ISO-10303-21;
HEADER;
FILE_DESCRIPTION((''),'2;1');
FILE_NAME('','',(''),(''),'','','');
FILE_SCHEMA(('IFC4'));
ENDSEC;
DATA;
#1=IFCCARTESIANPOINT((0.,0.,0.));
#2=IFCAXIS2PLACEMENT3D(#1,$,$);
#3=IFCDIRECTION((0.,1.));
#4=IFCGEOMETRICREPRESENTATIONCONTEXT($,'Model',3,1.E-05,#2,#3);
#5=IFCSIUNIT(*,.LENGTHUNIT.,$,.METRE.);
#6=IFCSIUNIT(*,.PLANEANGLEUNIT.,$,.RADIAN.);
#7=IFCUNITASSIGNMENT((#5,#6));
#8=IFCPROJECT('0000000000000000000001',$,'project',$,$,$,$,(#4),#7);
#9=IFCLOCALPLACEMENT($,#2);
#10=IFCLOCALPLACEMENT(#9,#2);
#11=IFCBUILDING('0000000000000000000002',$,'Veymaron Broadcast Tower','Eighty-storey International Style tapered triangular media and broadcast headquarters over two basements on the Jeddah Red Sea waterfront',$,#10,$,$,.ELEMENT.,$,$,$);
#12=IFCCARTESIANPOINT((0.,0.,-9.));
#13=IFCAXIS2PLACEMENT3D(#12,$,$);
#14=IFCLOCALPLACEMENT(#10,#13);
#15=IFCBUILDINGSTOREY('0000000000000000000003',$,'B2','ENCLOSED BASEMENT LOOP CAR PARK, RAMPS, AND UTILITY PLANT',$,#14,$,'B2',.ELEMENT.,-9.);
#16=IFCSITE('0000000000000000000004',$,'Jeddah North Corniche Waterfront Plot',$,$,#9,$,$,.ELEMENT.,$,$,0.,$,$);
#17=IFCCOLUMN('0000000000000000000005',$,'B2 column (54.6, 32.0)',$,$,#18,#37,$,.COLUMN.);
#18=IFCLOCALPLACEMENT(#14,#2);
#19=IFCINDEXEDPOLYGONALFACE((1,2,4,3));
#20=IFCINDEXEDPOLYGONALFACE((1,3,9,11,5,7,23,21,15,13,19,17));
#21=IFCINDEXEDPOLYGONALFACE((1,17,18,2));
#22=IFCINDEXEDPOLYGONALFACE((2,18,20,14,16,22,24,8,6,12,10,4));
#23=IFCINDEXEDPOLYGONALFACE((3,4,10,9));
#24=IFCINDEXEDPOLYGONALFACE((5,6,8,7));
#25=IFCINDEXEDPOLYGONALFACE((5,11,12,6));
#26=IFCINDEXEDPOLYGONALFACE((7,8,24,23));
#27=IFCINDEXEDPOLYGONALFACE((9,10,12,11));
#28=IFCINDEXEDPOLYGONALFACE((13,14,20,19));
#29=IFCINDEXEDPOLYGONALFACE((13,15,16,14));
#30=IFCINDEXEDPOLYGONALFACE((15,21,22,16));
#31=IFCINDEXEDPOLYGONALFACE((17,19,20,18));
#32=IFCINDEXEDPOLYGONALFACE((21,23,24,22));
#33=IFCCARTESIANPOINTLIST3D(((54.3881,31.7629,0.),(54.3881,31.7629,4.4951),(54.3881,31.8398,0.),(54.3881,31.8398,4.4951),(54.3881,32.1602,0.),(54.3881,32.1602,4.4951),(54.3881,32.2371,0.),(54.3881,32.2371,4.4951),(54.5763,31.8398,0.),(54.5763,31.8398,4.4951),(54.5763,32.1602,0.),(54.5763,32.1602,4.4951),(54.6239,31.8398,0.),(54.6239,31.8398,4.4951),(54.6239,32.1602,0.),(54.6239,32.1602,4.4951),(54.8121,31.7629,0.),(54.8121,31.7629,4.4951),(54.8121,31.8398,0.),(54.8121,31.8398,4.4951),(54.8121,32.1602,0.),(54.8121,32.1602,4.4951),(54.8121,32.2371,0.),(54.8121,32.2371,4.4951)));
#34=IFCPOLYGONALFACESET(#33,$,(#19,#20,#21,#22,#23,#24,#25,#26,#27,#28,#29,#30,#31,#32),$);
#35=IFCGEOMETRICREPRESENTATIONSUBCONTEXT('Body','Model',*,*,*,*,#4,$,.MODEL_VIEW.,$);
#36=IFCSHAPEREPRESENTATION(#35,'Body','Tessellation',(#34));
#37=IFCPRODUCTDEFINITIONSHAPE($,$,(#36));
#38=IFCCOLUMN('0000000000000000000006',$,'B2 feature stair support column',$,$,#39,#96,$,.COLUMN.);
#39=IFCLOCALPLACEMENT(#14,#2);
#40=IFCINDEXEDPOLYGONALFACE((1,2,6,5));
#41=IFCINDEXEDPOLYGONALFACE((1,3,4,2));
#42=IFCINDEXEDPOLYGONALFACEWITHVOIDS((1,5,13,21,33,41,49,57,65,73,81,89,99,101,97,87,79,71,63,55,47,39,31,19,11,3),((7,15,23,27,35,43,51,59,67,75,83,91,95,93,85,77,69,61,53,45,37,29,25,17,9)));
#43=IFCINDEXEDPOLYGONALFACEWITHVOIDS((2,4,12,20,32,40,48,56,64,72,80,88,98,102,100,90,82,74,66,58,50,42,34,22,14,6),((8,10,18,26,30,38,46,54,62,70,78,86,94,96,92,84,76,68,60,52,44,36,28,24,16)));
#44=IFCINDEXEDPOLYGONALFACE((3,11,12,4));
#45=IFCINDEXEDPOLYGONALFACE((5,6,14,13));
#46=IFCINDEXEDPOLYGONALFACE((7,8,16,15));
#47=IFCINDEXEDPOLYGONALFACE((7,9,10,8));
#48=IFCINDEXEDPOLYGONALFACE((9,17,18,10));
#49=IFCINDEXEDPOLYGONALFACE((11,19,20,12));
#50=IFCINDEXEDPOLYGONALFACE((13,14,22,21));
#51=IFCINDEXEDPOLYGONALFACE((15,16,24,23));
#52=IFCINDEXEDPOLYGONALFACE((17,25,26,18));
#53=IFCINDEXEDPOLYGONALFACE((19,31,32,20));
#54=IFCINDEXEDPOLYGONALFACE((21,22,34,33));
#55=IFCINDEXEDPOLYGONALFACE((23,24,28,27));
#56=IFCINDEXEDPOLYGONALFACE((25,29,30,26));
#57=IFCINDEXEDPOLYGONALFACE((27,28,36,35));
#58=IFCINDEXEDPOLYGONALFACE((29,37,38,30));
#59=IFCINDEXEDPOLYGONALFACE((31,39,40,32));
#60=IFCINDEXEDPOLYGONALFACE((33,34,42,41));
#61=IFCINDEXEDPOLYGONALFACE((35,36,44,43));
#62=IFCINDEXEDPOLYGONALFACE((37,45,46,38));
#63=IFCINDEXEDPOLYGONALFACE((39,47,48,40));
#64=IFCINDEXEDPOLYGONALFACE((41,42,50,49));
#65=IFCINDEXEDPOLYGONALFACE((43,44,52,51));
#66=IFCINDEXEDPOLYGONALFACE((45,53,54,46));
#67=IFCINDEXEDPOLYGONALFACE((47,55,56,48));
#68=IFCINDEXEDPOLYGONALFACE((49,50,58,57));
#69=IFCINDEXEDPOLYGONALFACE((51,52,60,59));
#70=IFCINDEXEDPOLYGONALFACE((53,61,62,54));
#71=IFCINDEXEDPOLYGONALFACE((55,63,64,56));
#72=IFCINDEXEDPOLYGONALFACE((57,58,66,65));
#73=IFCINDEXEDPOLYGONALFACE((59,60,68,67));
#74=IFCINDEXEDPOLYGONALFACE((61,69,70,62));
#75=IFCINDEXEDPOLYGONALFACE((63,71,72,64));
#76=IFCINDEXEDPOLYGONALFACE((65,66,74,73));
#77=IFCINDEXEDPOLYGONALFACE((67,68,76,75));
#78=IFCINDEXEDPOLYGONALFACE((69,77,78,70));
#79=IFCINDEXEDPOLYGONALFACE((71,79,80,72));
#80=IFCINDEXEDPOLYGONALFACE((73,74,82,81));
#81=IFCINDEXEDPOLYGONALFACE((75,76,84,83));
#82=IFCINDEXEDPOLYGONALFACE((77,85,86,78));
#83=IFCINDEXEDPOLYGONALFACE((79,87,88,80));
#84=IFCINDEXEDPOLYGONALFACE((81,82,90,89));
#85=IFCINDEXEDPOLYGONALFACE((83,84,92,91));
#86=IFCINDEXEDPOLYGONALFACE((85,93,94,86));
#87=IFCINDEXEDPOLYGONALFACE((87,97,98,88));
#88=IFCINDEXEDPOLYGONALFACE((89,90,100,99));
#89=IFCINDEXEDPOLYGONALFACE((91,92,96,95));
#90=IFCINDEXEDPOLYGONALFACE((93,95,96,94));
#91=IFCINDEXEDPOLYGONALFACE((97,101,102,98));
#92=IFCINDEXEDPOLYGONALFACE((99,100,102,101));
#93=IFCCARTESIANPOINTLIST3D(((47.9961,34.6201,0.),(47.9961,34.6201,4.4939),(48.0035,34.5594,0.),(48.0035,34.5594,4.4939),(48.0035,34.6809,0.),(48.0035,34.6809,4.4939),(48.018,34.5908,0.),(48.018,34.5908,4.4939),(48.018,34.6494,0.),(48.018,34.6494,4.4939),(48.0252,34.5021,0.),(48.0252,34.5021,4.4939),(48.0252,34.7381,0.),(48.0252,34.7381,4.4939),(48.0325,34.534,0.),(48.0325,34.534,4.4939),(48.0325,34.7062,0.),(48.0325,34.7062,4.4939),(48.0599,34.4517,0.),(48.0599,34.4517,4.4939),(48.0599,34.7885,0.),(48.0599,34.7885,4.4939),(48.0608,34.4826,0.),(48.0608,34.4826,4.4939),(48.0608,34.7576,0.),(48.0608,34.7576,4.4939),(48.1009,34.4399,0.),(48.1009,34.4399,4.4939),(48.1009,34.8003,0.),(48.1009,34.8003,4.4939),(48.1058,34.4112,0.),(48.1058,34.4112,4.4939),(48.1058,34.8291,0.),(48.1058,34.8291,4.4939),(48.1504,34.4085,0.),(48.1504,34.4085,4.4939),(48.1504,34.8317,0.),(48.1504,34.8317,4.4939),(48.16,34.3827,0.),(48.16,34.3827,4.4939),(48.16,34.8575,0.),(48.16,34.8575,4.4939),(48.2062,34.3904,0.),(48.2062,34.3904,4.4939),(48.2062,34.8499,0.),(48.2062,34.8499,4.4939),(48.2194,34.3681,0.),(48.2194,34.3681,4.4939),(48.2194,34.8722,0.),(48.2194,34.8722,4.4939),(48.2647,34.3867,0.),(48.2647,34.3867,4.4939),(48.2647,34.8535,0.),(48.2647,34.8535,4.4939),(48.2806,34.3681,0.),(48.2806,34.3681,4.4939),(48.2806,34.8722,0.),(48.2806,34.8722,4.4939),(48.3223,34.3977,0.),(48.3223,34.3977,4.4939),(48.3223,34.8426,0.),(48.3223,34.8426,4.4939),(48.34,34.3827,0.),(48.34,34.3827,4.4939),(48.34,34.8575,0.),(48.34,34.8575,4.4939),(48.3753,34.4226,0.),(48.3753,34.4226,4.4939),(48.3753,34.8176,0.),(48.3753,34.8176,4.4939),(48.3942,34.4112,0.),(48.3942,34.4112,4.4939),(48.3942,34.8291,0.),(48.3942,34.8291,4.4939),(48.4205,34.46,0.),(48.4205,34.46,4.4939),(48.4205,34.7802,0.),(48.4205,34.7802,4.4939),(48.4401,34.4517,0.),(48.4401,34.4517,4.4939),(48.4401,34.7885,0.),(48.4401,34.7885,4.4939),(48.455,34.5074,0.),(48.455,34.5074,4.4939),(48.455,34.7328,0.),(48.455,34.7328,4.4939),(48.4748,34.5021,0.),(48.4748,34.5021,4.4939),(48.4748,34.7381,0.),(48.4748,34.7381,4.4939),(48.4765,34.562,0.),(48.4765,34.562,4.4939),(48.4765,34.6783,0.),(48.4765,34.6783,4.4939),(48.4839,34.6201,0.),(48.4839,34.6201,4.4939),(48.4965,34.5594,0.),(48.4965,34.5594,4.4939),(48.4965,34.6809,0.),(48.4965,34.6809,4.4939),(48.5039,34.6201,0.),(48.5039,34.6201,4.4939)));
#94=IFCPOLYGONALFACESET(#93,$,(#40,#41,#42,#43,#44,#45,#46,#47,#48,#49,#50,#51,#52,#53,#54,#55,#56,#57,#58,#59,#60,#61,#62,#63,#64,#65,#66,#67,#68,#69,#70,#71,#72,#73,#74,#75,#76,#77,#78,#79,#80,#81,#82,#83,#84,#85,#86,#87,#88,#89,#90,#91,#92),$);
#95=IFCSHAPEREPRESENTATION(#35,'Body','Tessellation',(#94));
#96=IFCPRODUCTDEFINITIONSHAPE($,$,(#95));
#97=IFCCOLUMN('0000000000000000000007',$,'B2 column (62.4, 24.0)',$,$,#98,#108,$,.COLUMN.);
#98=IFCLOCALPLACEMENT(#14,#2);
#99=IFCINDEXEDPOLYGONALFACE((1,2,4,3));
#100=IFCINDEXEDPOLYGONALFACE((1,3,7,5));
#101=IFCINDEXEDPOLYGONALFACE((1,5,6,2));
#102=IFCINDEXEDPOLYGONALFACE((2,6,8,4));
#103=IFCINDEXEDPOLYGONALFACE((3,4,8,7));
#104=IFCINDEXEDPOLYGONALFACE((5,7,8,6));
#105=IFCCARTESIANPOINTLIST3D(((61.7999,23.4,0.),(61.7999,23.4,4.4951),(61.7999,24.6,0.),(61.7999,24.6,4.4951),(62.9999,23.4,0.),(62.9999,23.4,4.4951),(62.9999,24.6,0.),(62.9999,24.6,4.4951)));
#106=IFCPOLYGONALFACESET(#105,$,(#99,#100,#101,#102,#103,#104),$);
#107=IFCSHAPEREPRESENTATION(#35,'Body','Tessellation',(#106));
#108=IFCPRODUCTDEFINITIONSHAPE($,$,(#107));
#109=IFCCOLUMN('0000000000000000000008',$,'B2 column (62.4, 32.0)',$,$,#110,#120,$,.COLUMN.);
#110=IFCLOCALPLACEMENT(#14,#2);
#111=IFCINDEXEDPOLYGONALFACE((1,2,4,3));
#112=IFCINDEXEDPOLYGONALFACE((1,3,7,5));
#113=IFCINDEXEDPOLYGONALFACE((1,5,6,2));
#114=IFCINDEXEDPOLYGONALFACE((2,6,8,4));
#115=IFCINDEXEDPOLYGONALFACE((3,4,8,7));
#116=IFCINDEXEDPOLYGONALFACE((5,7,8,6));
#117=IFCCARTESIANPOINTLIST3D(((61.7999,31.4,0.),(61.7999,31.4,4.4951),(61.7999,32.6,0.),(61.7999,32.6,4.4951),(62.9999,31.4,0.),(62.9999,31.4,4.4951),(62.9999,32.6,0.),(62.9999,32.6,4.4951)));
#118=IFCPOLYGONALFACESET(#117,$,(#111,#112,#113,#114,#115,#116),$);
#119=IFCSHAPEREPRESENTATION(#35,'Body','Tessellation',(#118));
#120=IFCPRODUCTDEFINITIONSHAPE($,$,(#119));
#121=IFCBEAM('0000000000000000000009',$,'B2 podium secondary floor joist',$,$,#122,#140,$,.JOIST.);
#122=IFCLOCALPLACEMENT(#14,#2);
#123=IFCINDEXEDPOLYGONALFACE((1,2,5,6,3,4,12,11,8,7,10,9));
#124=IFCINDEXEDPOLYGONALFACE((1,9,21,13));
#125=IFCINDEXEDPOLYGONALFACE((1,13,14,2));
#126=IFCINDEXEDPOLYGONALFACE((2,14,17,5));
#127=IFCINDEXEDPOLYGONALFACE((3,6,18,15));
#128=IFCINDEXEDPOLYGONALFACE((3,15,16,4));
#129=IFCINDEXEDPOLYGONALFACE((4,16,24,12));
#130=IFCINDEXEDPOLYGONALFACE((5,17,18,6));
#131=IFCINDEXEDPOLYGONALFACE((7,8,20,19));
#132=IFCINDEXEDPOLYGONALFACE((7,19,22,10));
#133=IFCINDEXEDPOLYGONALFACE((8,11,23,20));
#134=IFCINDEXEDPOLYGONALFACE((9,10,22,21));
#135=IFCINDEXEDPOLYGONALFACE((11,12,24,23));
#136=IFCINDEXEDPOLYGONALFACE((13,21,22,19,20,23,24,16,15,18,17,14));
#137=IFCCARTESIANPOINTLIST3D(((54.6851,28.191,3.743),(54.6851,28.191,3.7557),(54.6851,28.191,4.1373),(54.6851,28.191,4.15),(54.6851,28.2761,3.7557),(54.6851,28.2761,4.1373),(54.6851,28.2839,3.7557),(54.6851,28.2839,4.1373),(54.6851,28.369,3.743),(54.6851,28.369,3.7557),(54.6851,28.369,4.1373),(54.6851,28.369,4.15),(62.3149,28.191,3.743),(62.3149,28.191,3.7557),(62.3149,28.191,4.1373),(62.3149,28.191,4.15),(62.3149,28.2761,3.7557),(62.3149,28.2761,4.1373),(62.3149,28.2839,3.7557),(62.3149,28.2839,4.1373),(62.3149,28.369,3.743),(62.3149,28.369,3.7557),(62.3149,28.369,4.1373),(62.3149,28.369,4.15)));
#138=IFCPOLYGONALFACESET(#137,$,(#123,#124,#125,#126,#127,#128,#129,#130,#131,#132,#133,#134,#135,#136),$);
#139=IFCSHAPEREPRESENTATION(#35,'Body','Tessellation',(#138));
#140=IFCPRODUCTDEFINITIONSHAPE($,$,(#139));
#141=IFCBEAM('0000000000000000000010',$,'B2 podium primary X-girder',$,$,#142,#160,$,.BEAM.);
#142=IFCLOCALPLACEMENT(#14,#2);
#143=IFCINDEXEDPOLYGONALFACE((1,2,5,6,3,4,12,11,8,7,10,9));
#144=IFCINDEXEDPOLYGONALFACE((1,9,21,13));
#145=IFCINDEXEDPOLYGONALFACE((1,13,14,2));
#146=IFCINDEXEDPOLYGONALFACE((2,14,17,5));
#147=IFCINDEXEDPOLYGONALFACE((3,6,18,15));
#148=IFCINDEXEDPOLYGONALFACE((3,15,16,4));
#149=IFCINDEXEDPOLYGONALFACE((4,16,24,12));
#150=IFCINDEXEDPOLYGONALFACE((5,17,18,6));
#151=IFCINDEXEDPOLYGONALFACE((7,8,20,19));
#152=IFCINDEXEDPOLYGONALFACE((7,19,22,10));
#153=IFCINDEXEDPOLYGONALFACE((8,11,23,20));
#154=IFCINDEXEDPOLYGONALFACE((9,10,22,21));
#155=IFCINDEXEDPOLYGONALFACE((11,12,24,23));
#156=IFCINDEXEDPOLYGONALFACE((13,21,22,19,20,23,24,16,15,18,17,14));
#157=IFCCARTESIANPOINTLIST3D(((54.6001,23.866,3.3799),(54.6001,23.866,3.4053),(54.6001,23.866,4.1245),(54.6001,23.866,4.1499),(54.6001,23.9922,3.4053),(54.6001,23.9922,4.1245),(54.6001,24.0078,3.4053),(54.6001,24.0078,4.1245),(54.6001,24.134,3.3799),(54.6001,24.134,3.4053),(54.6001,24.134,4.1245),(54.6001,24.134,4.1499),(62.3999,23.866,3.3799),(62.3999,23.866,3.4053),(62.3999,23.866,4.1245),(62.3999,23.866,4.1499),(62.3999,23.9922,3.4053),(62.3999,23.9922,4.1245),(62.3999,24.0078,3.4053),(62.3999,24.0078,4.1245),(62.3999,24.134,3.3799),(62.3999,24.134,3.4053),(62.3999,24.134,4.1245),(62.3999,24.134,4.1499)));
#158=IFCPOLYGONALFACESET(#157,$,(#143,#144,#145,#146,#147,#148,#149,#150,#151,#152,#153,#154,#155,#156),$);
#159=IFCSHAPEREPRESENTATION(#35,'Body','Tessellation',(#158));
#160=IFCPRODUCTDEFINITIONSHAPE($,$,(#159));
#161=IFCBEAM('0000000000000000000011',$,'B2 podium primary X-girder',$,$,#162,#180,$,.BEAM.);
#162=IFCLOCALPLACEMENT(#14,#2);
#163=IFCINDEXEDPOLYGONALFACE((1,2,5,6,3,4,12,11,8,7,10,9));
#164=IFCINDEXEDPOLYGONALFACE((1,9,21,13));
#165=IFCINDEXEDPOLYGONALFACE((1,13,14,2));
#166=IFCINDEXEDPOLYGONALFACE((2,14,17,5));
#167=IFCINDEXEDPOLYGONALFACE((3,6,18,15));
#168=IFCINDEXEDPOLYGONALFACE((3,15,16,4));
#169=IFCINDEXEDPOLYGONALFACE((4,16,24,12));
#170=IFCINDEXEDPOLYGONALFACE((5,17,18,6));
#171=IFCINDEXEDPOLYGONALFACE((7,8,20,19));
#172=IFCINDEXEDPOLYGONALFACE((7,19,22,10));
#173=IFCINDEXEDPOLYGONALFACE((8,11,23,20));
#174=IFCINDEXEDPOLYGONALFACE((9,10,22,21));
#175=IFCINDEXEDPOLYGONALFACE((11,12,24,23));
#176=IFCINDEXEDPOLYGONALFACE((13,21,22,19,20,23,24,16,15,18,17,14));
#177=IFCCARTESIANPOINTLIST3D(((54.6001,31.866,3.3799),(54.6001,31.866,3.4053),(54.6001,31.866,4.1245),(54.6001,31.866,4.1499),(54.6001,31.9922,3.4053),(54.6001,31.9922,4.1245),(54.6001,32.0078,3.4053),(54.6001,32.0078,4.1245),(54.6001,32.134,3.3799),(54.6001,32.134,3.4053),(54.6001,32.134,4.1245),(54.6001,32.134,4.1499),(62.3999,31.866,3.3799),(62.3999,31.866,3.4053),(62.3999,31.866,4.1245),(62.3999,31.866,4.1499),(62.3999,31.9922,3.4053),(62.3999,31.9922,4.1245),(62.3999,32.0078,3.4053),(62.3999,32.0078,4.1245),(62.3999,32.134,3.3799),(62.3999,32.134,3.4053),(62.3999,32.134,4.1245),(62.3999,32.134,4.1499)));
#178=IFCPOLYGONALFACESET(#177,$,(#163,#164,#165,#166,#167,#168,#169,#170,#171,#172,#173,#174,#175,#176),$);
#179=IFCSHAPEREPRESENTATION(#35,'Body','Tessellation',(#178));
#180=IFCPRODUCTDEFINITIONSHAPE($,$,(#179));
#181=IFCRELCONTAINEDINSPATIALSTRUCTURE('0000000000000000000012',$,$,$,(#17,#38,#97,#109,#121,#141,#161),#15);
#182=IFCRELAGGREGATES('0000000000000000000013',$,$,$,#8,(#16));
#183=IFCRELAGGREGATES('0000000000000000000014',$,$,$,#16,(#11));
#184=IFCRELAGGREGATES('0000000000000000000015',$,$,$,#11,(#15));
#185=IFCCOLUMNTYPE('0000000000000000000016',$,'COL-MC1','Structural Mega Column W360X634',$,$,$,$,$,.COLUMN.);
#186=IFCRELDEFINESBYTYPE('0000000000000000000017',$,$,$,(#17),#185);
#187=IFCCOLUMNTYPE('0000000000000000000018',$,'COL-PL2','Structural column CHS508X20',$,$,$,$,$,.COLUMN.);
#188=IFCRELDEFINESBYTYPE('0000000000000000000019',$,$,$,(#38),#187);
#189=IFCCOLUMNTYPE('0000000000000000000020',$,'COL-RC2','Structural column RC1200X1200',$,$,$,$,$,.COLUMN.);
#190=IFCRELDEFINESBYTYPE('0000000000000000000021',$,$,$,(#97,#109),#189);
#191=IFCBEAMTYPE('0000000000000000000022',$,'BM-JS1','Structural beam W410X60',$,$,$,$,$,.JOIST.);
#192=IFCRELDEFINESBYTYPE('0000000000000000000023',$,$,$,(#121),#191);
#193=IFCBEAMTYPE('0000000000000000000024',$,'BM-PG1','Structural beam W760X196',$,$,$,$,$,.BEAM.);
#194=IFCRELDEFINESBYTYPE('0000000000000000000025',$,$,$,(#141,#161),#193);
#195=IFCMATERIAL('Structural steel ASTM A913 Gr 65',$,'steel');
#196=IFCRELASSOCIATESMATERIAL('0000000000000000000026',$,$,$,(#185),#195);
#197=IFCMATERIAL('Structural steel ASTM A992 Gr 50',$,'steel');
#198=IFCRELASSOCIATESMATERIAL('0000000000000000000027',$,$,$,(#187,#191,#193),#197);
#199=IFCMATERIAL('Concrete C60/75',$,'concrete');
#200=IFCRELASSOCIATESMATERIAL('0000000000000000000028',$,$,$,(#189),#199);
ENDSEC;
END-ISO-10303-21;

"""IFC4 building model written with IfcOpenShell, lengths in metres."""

from ifc_helpers import new_model, si_unit, direction, frame, origin, origin_2d, place, context, subcontext, project, spatial, rectangle, hollow_circle, i_section, extrude, material, material_profile, profile_set, type_object, element, save


model = new_model("IFC4")

# Units and contexts
model_context = context("Model", 3, precision=1e-05, world=origin(), true_north=direction((0.0, 1.0)))
body_context = subcontext(model_context, "Body", "Model", "MODEL_VIEW")
ifc_project = project(units=[si_unit("LENGTHUNIT", "METRE"), si_unit("PLANEANGLEUNIT", "RADIAN")], contexts=[model_context])

# Site, building, storey
site_placement = place(None, origin())
site = spatial("IfcSite", under=ifc_project, at=site_placement, Name="Jeddah North Corniche Waterfront Plot", CompositionType="ELEMENT", RefElevation=0.0)
building_placement = place(site_placement, origin())
building = spatial("IfcBuilding", under=site, at=building_placement, Name="Veymaron Broadcast Tower", Description="Eighty-storey International Style tapered triangular media and broadcast headquarters over two basements on the Jeddah Red Sea waterfront", CompositionType="ELEMENT")
storey_placement = place(building_placement, frame((0.0, 0.0, -9.0)))
storey = spatial("IfcBuildingStorey", under=building, at=storey_placement, Name="B2", Description="ENCLOSED BASEMENT LOOP CAR PARK, RAMPS, AND UTILITY PLANT", LongName="B2", CompositionType="ELEMENT", Elevation=-9.0)

# Columns
ifc_material_1 = material(Name="Structural steel ASTM A913 Gr 65", Category="steel")
ifc_material_profile_1 = material_profile(ifc_material_1, i_section(OverallWidth=0.4241, OverallDepth=0.4741, WebThickness=0.0476, FlangeThickness=0.0769, at=origin_2d()), Name="W360X634")
ifc_profile_set_1 = profile_set([ifc_material_profile_1], Name="Structural steel ASTM A913 Gr 65")
column_type_1 = type_object("IfcColumnType", Name="COL-MC1", Description="Structural Mega Column W360X634", PredefinedType="COLUMN", material=ifc_profile_set_1)
for number, where, z_axis, x_axis, name in (
    (1, (54.6001, 32.0, 0.0), (0.0, 0.0, 1.0), (1.0, 0.0, 0.0), "B2 column (54.6, 32.0)"),
):
    element("IfcColumn", number, at=place(storey_placement, frame(where, z_axis=z_axis, x_axis=x_axis)), inside=storey, type_object=column_type_1, Name=name, PredefinedType="COLUMN", context=body_context, shape_type="SweptSolid", body=[
        extrude(i_section(OverallWidth=0.4241, OverallDepth=0.4741, WebThickness=0.0476, FlangeThickness=0.0769, at=origin_2d()), origin(), (0.0, 0.0, 1.0), 4.4951),
    ])
ifc_material_2 = material(Name="Structural steel ASTM A992 Gr 50", Category="steel")
ifc_material_profile_2 = material_profile(ifc_material_2, hollow_circle(Radius=0.2539, WallThickness=0.02, at=origin_2d()), Name="CHS508X20")
ifc_profile_set_2 = profile_set([ifc_material_profile_2], Name="Structural steel ASTM A992 Gr 50")
column_type_2 = type_object("IfcColumnType", Name="COL-PL2", Description="Structural column CHS508X20", PredefinedType="COLUMN", material=ifc_profile_set_2)
column_placement = place(storey_placement, frame((48.25, 34.6201, 0.0), z_axis=(0.0, 0.0, 1.0), x_axis=(1.0, 0.0, 0.0)))
element("IfcColumn", 2, at=column_placement, inside=storey, type_object=column_type_2, Name="B2 feature stair support column", PredefinedType="COLUMN", context=body_context, shape_type="SweptSolid", body=[
    extrude(hollow_circle(Radius=0.2539, WallThickness=0.02, at=origin_2d()), origin(), (0.0, 0.0, 1.0), 4.4939),
])
ifc_material_3 = material(Name="Concrete C60/75", Category="concrete")
ifc_material_profile_3 = material_profile(ifc_material_3, rectangle(XDim=1.2, YDim=1.2, at=origin_2d()), Name="RC1200X1200")
ifc_profile_set_3 = profile_set([ifc_material_profile_3], Name="Concrete C60/75")
column_type_3 = type_object("IfcColumnType", Name="COL-RC2", Description="Structural column RC1200X1200", PredefinedType="COLUMN", material=ifc_profile_set_3)
for number, where, z_axis, x_axis, name in (
    (3, (62.3999, 24.0, 0.0), (0.0, 0.0, 1.0), (1.0, 0.0, 0.0), "B2 column (62.4, 24.0)"),
    (4, (62.3999, 32.0, 0.0), (0.0, 0.0, 1.0), (1.0, 0.0, 0.0), "B2 column (62.4, 32.0)"),
):
    element("IfcColumn", number, at=place(storey_placement, frame(where, z_axis=z_axis, x_axis=x_axis)), inside=storey, type_object=column_type_3, Name=name, PredefinedType="COLUMN", context=body_context, shape_type="SweptSolid", body=[
        extrude(rectangle(XDim=1.2, YDim=1.2, at=origin_2d()), origin(), (0.0, 0.0, 1.0), 4.4951),
    ])

# Beams
ifc_material_profile_4 = material_profile(ifc_material_2, i_section(OverallWidth=0.178, OverallDepth=0.407, WebThickness=0.0078, FlangeThickness=0.0127, at=origin_2d()), Name="W410X60")
ifc_profile_set_4 = profile_set([ifc_material_profile_4], Name="Structural steel ASTM A992 Gr 50")
beam_type_1 = type_object("IfcBeamType", Name="BM-JS1", Description="Structural beam W410X60", PredefinedType="JOIST", material=ifc_profile_set_4)
beam_placement = place(storey_placement, frame((54.6851, 28.28, 3.9465), z_axis=(1.0, 0.0, 0.0), x_axis=(0.0, 1.0, 0.0)))
element("IfcBeam", 5, at=beam_placement, inside=storey, type_object=beam_type_1, Name="B2 podium secondary floor joist", PredefinedType="JOIST", context=body_context, shape_type="SweptSolid", body=[
    extrude(i_section(OverallWidth=0.178, OverallDepth=0.407, WebThickness=0.0078, FlangeThickness=0.0127, at=origin_2d()), origin(), (0.0, 0.0, 1.0), 7.6299),
])
ifc_material_profile_5 = material_profile(ifc_material_2, i_section(OverallWidth=0.2681, OverallDepth=0.77, WebThickness=0.0156, FlangeThickness=0.0254, at=origin_2d()), Name="W760X196")
ifc_profile_set_5 = profile_set([ifc_material_profile_5], Name="Structural steel ASTM A992 Gr 50")
beam_type_2 = type_object("IfcBeamType", Name="BM-PG1", Description="Structural beam W760X196", PredefinedType="BEAM", material=ifc_profile_set_5)
for number, where, z_axis, x_axis, name in (
    (6, (54.6001, 24.0, 3.7649), (1.0, 0.0, 0.0), (0.0, 1.0, 0.0), "B2 podium primary X-girder"),
    (7, (54.6001, 32.0, 3.7649), (1.0, 0.0, 0.0), (0.0, 1.0, 0.0), "B2 podium primary X-girder"),
):
    element("IfcBeam", number, at=place(storey_placement, frame(where, z_axis=z_axis, x_axis=x_axis)), inside=storey, type_object=beam_type_2, Name=name, PredefinedType="BEAM", context=body_context, shape_type="SweptSolid", body=[
        extrude(i_section(OverallWidth=0.2681, OverallDepth=0.77, WebThickness=0.0156, FlangeThickness=0.0254, at=origin_2d()), origin(), (0.0, 0.0, 1.0), 7.7998),
    ])

save(model, "model.ifc")
